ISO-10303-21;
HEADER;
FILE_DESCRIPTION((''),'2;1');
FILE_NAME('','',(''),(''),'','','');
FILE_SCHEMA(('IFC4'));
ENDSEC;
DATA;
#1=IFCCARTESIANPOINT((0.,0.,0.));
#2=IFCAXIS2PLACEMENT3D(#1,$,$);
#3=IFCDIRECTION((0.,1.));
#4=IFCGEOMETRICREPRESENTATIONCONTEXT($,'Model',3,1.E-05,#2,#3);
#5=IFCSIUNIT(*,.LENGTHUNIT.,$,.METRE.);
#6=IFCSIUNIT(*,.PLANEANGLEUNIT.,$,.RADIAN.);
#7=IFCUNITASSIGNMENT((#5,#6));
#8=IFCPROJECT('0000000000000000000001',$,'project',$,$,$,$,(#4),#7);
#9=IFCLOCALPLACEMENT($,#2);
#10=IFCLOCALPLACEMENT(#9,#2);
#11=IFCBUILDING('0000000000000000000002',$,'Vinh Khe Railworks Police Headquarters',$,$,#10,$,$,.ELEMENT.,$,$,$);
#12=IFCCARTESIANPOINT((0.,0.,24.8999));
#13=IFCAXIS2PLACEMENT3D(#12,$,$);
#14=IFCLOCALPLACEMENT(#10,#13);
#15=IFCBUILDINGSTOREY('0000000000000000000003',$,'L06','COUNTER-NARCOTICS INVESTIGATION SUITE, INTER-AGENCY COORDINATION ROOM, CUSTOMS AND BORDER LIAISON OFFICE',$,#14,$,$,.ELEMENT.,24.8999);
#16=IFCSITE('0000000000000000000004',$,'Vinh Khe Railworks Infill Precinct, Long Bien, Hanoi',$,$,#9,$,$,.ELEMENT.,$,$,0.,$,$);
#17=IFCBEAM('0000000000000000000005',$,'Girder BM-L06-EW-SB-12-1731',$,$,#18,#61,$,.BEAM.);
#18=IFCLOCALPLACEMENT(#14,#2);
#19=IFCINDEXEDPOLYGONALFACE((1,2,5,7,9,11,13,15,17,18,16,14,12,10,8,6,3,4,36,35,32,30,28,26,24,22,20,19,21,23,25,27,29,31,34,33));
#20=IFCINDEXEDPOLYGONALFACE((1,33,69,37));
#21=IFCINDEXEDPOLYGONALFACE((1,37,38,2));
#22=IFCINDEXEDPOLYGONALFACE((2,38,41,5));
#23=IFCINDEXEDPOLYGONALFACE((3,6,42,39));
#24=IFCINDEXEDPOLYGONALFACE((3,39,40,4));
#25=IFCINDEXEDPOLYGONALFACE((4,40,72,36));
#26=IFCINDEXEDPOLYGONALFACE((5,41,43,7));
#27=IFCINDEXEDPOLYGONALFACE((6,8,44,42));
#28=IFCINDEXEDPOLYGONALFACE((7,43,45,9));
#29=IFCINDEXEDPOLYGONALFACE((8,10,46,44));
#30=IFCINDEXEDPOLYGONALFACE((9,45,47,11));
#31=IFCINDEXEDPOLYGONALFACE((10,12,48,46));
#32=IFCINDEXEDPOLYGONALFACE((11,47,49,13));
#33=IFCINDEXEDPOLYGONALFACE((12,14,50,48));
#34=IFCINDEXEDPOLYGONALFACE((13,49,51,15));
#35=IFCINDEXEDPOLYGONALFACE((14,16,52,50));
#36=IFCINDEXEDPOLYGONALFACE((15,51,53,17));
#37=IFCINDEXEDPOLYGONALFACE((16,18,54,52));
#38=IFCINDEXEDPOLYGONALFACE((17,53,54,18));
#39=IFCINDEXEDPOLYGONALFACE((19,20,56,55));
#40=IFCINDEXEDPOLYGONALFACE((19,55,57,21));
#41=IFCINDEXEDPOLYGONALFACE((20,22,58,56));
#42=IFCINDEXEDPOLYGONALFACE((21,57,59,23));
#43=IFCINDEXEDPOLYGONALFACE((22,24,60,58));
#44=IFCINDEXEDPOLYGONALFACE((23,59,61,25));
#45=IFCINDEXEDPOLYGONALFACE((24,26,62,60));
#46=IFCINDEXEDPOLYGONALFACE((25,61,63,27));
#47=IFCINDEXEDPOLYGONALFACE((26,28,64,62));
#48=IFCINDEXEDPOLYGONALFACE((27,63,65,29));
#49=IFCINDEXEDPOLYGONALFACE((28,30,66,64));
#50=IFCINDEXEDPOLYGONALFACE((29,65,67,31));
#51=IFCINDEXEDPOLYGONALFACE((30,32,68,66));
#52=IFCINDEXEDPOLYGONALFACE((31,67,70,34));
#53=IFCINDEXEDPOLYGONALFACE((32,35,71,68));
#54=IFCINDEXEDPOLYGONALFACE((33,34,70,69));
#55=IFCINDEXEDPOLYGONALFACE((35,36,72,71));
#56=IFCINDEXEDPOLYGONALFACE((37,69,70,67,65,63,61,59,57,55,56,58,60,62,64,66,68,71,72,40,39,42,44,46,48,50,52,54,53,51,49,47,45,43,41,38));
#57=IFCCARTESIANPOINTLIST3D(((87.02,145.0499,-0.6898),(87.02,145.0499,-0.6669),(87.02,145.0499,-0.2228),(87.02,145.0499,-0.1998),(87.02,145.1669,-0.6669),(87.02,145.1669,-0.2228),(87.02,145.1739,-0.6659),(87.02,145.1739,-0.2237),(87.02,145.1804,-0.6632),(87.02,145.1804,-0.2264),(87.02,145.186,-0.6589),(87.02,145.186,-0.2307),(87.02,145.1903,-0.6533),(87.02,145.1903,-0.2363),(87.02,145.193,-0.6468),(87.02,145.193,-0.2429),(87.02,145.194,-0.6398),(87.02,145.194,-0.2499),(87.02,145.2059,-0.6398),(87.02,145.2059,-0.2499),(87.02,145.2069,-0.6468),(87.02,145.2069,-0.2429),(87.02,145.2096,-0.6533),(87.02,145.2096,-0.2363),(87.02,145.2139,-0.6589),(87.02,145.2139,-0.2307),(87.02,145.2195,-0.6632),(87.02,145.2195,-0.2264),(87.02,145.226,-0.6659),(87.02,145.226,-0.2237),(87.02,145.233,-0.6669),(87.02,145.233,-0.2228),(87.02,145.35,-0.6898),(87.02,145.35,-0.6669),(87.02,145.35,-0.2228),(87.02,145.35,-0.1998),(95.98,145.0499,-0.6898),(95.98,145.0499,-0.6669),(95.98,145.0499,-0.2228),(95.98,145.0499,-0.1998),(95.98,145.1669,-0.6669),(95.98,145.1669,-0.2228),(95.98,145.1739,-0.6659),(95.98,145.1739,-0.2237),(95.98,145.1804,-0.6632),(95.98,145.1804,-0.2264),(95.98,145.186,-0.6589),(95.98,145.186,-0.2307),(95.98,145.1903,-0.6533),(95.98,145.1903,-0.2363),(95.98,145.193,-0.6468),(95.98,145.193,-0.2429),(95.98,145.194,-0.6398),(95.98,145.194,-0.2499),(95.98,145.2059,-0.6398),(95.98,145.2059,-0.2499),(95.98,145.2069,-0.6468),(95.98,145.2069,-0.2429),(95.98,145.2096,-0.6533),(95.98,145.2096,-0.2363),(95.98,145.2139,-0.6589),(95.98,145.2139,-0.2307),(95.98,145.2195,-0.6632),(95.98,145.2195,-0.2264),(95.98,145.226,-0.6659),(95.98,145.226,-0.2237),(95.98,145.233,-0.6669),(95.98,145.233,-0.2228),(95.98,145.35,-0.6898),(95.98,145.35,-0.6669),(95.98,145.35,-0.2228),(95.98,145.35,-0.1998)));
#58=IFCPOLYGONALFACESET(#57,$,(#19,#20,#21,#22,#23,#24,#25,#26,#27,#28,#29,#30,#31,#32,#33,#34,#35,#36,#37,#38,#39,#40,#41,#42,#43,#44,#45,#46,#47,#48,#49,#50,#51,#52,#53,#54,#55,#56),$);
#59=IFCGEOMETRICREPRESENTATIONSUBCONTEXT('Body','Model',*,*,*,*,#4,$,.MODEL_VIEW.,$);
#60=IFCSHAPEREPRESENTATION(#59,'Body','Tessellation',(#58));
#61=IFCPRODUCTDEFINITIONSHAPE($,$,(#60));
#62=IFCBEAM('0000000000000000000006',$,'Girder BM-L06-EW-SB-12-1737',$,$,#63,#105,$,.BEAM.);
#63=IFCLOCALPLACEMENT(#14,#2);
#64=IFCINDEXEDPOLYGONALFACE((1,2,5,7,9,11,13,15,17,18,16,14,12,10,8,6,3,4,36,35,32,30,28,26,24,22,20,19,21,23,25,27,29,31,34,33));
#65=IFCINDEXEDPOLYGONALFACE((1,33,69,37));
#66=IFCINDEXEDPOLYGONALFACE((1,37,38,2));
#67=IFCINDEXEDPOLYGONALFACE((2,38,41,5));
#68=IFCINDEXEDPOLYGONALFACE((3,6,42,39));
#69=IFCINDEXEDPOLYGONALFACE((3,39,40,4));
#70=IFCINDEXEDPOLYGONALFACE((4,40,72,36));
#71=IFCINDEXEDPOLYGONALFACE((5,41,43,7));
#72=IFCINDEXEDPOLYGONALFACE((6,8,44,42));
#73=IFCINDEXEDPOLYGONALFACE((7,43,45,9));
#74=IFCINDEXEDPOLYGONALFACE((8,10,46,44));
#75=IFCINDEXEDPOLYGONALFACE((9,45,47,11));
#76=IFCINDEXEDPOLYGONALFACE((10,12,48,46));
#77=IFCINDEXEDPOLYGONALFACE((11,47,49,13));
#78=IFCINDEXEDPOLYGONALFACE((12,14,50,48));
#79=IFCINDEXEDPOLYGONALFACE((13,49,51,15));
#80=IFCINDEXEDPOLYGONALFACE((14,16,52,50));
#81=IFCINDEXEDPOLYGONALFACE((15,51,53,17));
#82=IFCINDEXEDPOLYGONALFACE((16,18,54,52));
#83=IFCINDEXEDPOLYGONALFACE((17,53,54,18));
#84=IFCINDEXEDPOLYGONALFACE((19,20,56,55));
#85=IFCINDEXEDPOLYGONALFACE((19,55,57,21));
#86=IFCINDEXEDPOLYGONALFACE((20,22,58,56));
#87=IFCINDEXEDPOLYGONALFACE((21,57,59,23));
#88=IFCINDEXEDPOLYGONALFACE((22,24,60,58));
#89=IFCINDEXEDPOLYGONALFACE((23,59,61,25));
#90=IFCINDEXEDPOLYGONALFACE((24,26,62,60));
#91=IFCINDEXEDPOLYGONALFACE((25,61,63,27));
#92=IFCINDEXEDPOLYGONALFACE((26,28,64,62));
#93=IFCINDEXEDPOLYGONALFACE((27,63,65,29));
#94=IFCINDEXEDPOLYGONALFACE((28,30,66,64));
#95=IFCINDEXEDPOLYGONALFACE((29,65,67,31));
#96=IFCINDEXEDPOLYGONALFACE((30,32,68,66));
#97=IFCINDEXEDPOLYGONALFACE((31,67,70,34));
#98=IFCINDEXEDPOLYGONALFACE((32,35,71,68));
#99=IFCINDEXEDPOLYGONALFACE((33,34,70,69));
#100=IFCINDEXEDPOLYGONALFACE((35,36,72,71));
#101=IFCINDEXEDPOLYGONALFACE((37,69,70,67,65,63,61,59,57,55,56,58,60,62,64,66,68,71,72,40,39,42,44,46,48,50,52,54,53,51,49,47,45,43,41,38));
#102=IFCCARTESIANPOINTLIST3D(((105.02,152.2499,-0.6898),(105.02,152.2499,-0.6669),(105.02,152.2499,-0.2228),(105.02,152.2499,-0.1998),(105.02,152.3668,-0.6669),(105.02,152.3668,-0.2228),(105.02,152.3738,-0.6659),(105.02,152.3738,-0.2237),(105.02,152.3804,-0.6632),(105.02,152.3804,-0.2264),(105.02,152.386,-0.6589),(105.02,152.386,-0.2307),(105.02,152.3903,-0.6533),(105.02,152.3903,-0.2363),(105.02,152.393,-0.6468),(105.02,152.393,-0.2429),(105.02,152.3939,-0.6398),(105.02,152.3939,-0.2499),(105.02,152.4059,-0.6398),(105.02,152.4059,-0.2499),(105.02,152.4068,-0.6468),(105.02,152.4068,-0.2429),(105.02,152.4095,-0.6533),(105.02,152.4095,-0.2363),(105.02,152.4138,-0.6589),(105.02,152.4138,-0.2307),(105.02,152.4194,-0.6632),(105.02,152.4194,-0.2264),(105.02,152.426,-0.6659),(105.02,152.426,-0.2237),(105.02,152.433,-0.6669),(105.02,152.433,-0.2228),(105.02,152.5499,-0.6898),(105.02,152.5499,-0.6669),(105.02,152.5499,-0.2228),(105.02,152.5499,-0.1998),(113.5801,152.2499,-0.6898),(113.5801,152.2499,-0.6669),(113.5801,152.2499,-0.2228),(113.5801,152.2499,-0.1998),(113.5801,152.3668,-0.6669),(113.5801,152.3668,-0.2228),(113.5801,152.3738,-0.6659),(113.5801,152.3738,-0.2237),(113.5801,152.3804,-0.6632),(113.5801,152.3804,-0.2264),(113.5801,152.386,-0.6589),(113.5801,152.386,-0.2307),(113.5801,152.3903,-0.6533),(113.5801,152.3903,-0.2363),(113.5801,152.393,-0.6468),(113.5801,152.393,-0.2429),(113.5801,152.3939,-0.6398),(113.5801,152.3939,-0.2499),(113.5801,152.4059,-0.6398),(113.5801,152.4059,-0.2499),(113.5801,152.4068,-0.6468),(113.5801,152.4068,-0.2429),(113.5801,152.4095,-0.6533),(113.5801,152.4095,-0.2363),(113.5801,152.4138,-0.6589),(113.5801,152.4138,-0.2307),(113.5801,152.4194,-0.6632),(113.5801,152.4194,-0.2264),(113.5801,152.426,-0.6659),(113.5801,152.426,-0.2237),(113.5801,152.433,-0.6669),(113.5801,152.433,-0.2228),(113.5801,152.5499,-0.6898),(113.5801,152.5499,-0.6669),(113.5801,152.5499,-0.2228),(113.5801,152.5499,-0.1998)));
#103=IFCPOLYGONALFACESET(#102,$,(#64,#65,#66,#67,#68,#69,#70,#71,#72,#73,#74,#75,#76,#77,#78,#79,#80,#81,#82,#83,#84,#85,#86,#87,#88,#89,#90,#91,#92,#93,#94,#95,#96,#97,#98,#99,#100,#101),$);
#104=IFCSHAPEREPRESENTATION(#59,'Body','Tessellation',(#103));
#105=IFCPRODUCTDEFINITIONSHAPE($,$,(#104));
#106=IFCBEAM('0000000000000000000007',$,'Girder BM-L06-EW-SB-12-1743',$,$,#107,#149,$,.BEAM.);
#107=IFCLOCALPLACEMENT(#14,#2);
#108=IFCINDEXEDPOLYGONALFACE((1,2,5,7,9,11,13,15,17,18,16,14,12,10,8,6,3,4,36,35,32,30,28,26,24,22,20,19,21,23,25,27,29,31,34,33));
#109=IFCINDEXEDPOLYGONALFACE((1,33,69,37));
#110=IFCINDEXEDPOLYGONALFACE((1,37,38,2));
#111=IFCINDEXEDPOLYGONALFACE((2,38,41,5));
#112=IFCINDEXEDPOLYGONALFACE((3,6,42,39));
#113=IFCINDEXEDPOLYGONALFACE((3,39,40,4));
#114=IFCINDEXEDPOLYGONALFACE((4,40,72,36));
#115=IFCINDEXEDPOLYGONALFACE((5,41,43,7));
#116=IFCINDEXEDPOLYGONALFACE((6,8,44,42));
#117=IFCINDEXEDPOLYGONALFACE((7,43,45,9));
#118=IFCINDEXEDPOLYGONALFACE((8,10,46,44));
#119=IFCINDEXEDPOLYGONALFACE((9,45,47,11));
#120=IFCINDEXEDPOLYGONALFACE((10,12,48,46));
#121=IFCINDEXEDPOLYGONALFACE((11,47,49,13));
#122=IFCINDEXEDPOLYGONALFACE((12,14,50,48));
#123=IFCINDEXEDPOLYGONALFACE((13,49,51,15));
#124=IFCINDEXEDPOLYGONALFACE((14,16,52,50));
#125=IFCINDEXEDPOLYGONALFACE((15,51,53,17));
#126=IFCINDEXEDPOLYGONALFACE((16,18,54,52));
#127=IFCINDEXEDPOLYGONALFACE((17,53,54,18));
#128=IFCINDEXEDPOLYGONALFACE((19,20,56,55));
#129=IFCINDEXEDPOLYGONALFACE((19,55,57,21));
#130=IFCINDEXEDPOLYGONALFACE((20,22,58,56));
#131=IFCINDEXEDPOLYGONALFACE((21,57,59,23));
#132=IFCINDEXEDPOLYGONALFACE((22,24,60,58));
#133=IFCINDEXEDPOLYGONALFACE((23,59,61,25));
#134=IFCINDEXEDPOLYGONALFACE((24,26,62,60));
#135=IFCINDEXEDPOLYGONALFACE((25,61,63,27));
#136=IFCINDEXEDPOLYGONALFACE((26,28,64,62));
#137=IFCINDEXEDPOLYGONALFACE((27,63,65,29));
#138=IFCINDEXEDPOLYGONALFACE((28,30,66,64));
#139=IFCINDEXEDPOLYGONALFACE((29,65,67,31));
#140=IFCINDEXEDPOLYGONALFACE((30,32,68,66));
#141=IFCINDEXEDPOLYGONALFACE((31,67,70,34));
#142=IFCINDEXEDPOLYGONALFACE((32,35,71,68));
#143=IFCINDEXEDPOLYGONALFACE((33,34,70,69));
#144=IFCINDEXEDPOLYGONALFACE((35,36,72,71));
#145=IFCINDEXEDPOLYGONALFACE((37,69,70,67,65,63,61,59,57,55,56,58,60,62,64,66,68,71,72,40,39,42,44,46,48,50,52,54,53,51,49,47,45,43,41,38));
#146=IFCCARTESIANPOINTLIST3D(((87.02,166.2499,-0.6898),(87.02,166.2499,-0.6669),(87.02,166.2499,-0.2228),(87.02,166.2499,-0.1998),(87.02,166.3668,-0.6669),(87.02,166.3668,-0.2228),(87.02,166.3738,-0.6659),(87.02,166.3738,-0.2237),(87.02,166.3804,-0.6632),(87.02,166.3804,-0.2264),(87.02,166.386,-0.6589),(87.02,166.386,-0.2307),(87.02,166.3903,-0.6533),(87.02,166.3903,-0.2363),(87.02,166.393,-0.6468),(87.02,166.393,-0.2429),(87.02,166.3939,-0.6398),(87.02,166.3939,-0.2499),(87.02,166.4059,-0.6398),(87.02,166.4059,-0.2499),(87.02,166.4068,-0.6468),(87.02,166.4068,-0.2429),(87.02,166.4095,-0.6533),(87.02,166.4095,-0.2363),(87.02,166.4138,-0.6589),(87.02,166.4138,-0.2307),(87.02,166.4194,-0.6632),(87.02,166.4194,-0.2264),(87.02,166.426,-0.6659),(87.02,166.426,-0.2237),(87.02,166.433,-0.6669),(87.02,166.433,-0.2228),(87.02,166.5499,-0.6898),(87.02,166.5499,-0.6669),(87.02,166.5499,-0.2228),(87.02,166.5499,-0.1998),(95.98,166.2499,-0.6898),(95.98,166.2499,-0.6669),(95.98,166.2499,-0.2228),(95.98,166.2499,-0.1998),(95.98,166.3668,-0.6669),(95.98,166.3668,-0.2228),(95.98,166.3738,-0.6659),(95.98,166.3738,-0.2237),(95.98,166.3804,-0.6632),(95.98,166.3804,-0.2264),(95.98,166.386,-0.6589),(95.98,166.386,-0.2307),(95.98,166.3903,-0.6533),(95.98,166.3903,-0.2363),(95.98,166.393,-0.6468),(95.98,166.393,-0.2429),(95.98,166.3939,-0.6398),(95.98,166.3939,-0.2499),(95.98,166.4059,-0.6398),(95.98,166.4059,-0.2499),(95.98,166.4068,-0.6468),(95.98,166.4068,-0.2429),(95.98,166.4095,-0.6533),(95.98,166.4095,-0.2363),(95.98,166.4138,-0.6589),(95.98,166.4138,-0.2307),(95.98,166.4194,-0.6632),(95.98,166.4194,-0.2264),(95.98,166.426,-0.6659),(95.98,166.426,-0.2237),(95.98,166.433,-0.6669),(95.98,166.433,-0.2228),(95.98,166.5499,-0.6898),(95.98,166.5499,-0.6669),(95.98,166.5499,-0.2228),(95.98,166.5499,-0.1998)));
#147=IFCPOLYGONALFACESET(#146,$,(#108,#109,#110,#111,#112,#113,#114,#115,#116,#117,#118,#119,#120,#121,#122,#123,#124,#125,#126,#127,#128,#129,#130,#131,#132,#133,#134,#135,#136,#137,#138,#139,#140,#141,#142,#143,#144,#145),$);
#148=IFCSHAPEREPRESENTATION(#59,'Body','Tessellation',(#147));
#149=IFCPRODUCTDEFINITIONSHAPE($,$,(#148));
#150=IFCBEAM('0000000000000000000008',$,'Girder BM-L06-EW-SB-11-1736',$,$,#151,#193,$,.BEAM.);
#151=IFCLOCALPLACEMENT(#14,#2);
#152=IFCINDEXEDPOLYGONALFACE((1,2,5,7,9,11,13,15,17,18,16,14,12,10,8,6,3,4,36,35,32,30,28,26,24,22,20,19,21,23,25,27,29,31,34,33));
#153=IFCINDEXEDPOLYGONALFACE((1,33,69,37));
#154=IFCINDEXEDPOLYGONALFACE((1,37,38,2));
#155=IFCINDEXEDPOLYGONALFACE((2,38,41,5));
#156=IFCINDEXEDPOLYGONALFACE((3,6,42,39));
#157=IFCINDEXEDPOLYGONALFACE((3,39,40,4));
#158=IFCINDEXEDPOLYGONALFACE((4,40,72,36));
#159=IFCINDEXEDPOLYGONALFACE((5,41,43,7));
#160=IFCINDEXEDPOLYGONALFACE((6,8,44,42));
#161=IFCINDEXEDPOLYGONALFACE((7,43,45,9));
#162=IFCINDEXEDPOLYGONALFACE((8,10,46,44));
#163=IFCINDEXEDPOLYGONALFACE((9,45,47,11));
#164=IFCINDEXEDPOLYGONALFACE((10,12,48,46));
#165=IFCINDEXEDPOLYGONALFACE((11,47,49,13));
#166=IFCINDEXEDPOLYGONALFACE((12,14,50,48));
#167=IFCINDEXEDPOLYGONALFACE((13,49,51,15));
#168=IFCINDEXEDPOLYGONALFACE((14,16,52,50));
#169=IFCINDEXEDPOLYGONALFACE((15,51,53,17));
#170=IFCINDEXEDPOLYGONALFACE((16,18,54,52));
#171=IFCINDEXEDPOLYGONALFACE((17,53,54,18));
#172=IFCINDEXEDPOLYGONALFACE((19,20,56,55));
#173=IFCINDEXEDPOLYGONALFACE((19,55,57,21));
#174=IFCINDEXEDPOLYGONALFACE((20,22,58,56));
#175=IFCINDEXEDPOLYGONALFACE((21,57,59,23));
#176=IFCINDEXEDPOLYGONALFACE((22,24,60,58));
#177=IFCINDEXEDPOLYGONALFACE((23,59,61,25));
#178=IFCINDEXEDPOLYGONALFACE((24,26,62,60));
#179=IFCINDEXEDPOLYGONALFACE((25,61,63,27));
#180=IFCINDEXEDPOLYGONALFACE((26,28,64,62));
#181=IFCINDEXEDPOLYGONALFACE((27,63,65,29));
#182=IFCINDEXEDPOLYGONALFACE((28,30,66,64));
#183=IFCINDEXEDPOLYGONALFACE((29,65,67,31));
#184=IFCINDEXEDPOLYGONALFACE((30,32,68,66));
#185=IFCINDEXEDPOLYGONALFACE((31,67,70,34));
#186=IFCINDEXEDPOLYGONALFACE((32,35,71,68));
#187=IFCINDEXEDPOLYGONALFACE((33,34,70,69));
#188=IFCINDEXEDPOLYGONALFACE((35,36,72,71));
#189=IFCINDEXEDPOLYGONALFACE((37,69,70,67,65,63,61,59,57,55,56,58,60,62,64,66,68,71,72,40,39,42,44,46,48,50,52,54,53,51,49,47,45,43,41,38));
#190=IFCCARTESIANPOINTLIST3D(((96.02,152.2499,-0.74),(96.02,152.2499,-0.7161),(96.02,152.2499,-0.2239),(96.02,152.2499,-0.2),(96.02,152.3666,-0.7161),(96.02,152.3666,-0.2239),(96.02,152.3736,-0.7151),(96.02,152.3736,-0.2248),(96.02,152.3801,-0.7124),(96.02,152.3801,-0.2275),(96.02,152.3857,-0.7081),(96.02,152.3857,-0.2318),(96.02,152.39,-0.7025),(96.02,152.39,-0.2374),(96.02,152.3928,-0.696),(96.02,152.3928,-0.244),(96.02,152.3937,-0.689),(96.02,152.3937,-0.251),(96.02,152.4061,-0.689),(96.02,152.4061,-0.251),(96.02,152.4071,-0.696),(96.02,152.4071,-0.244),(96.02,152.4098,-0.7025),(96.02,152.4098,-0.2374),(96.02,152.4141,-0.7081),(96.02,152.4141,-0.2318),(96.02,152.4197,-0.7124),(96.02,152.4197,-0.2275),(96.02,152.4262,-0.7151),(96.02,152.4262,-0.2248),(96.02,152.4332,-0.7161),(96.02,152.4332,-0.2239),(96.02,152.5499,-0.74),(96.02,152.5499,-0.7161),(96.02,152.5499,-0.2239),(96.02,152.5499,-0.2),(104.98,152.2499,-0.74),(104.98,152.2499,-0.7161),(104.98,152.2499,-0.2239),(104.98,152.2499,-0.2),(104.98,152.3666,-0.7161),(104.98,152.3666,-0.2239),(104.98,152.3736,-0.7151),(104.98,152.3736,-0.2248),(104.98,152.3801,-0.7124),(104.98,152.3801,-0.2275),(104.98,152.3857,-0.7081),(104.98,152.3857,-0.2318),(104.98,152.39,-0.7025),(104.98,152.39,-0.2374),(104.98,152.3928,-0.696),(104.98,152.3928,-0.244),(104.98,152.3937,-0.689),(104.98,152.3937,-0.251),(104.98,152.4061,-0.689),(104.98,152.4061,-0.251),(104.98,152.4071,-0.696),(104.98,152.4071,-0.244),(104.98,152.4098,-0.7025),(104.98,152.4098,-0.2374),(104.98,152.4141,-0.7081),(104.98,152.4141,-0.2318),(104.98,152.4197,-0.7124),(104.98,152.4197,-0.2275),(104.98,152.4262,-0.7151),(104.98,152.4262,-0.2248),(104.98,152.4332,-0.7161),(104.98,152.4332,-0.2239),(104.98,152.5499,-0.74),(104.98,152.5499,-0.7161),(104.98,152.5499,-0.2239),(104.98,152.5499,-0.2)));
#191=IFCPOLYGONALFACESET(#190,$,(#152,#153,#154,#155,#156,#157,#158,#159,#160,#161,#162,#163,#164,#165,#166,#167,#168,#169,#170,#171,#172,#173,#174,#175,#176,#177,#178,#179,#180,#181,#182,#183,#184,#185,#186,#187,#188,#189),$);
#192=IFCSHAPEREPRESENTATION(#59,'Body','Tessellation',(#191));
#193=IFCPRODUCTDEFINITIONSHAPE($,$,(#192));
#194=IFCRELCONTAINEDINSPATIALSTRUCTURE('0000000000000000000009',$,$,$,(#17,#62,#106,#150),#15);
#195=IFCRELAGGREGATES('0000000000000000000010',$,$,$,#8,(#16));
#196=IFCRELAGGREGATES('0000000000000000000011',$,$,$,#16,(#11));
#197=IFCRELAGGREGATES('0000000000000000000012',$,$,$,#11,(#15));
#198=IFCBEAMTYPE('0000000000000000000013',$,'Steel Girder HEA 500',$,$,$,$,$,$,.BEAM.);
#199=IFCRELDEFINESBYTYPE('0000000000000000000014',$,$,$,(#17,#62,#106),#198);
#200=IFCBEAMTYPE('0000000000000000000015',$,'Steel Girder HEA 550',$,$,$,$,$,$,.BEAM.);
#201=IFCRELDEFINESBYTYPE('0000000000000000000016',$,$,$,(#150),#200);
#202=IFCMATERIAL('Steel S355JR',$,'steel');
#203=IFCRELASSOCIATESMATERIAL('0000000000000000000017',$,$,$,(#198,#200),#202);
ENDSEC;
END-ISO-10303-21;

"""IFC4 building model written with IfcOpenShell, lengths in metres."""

from ifc_helpers import new_model, si_unit, direction, frame, origin, origin_2d, place, context, subcontext, project, spatial, i_section, extrude, material, material_profile, profile_set, type_object, element, save


model = new_model("IFC4")

# Units and contexts
model_context = context("Model", 3, precision=1e-05, world=origin(), true_north=direction((0.0, 1.0)))
body_context = subcontext(model_context, "Body", "Model", "MODEL_VIEW")
ifc_project = project(units=[si_unit("LENGTHUNIT", "METRE"), si_unit("PLANEANGLEUNIT", "RADIAN")], contexts=[model_context])

# Site, building, storey
site_placement = place(None, origin())
site = spatial("IfcSite", under=ifc_project, at=site_placement, Name="Vinh Khe Railworks Infill Precinct, Long Bien, Hanoi", CompositionType="ELEMENT", RefElevation=0.0)
building_placement = place(site_placement, origin())
building = spatial("IfcBuilding", under=site, at=building_placement, Name="Vinh Khe Railworks Police Headquarters", CompositionType="ELEMENT")
storey_placement = place(building_placement, frame((0.0, 0.0, 24.8999)))
storey = spatial("IfcBuildingStorey", under=building, at=storey_placement, Name="L06", Description="COUNTER-NARCOTICS INVESTIGATION SUITE, INTER-AGENCY COORDINATION ROOM, CUSTOMS AND BORDER LIAISON OFFICE", CompositionType="ELEMENT", Elevation=24.8999)

# Beams
ifc_material_1 = material(Name="Steel S355JR", Category="steel")
ifc_material_profile_1 = material_profile(ifc_material_1, i_section(OverallWidth=0.3, OverallDepth=0.49, WebThickness=0.012, FlangeThickness=0.0229, FilletRadius=0.0271, at=origin_2d()), Name="HEA 500")
ifc_profile_set_1 = profile_set([ifc_material_profile_1], Name="Steel S355JR")
beam_type_1 = type_object("IfcBeamType", Name="Steel Girder HEA 500", PredefinedType="BEAM", material=ifc_profile_set_1)
beam_1_placement = place(storey_placement, frame((87.02, 145.2, -0.4448), z_axis=(1.0, 0.0, 0.0), x_axis=(0.0, 1.0, 0.0)))
element("IfcBeam", 1, at=beam_1_placement, inside=storey, type_object=beam_type_1, Name="Girder BM-L06-EW-SB-12-1731", PredefinedType="BEAM", context=body_context, shape_type="SweptSolid", body=[
    extrude(i_section(OverallWidth=0.3, OverallDepth=0.49, WebThickness=0.012, FlangeThickness=0.0229, FilletRadius=0.0271, at=origin_2d()), origin(), (0.0, 0.0, 1.0), 8.96),
])
beam_2_placement = place(storey_placement, frame((105.02, 152.3999, -0.4448), z_axis=(1.0, 0.0, 0.0), x_axis=(0.0, 1.0, 0.0)))
element("IfcBeam", 2, at=beam_2_placement, inside=storey, type_object=beam_type_1, Name="Girder BM-L06-EW-SB-12-1737", PredefinedType="BEAM", context=body_context, shape_type="SweptSolid", body=[
    extrude(i_section(OverallWidth=0.3, OverallDepth=0.49, WebThickness=0.012, FlangeThickness=0.0229, FilletRadius=0.0271, at=origin_2d()), origin(), (0.0, 0.0, 1.0), 8.5601),
])
beam_3_placement = place(storey_placement, frame((87.02, 166.3999, -0.4448), z_axis=(1.0, 0.0, 0.0), x_axis=(0.0, 1.0, 0.0)))
element("IfcBeam", 3, at=beam_3_placement, inside=storey, type_object=beam_type_1, Name="Girder BM-L06-EW-SB-12-1743", PredefinedType="BEAM", context=body_context, shape_type="SweptSolid", body=[
    extrude(i_section(OverallWidth=0.3, OverallDepth=0.49, WebThickness=0.012, FlangeThickness=0.0229, FilletRadius=0.0271, at=origin_2d()), origin(), (0.0, 0.0, 1.0), 8.96),
])
ifc_material_profile_2 = material_profile(ifc_material_1, i_section(OverallWidth=0.3, OverallDepth=0.54, WebThickness=0.0125, FlangeThickness=0.0239, FilletRadius=0.0271, at=origin_2d()), Name="HEA 550")
ifc_profile_set_2 = profile_set([ifc_material_profile_2], Name="Steel S355JR")
beam_type_2 = type_object("IfcBeamType", Name="Steel Girder HEA 550", PredefinedType="BEAM", material=ifc_profile_set_2)
beam_4_placement = place(storey_placement, frame((96.02, 152.3999, -0.47), z_axis=(1.0, 0.0, 0.0), x_axis=(0.0, 1.0, 0.0)))
element("IfcBeam", 4, at=beam_4_placement, inside=storey, type_object=beam_type_2, Name="Girder BM-L06-EW-SB-11-1736", PredefinedType="BEAM", context=body_context, shape_type="SweptSolid", body=[
    extrude(i_section(OverallWidth=0.3, OverallDepth=0.54, WebThickness=0.0125, FlangeThickness=0.0239, FilletRadius=0.0271, at=origin_2d()), origin(), (0.0, 0.0, 1.0), 8.96),
])

save(model, "model.ifc")
